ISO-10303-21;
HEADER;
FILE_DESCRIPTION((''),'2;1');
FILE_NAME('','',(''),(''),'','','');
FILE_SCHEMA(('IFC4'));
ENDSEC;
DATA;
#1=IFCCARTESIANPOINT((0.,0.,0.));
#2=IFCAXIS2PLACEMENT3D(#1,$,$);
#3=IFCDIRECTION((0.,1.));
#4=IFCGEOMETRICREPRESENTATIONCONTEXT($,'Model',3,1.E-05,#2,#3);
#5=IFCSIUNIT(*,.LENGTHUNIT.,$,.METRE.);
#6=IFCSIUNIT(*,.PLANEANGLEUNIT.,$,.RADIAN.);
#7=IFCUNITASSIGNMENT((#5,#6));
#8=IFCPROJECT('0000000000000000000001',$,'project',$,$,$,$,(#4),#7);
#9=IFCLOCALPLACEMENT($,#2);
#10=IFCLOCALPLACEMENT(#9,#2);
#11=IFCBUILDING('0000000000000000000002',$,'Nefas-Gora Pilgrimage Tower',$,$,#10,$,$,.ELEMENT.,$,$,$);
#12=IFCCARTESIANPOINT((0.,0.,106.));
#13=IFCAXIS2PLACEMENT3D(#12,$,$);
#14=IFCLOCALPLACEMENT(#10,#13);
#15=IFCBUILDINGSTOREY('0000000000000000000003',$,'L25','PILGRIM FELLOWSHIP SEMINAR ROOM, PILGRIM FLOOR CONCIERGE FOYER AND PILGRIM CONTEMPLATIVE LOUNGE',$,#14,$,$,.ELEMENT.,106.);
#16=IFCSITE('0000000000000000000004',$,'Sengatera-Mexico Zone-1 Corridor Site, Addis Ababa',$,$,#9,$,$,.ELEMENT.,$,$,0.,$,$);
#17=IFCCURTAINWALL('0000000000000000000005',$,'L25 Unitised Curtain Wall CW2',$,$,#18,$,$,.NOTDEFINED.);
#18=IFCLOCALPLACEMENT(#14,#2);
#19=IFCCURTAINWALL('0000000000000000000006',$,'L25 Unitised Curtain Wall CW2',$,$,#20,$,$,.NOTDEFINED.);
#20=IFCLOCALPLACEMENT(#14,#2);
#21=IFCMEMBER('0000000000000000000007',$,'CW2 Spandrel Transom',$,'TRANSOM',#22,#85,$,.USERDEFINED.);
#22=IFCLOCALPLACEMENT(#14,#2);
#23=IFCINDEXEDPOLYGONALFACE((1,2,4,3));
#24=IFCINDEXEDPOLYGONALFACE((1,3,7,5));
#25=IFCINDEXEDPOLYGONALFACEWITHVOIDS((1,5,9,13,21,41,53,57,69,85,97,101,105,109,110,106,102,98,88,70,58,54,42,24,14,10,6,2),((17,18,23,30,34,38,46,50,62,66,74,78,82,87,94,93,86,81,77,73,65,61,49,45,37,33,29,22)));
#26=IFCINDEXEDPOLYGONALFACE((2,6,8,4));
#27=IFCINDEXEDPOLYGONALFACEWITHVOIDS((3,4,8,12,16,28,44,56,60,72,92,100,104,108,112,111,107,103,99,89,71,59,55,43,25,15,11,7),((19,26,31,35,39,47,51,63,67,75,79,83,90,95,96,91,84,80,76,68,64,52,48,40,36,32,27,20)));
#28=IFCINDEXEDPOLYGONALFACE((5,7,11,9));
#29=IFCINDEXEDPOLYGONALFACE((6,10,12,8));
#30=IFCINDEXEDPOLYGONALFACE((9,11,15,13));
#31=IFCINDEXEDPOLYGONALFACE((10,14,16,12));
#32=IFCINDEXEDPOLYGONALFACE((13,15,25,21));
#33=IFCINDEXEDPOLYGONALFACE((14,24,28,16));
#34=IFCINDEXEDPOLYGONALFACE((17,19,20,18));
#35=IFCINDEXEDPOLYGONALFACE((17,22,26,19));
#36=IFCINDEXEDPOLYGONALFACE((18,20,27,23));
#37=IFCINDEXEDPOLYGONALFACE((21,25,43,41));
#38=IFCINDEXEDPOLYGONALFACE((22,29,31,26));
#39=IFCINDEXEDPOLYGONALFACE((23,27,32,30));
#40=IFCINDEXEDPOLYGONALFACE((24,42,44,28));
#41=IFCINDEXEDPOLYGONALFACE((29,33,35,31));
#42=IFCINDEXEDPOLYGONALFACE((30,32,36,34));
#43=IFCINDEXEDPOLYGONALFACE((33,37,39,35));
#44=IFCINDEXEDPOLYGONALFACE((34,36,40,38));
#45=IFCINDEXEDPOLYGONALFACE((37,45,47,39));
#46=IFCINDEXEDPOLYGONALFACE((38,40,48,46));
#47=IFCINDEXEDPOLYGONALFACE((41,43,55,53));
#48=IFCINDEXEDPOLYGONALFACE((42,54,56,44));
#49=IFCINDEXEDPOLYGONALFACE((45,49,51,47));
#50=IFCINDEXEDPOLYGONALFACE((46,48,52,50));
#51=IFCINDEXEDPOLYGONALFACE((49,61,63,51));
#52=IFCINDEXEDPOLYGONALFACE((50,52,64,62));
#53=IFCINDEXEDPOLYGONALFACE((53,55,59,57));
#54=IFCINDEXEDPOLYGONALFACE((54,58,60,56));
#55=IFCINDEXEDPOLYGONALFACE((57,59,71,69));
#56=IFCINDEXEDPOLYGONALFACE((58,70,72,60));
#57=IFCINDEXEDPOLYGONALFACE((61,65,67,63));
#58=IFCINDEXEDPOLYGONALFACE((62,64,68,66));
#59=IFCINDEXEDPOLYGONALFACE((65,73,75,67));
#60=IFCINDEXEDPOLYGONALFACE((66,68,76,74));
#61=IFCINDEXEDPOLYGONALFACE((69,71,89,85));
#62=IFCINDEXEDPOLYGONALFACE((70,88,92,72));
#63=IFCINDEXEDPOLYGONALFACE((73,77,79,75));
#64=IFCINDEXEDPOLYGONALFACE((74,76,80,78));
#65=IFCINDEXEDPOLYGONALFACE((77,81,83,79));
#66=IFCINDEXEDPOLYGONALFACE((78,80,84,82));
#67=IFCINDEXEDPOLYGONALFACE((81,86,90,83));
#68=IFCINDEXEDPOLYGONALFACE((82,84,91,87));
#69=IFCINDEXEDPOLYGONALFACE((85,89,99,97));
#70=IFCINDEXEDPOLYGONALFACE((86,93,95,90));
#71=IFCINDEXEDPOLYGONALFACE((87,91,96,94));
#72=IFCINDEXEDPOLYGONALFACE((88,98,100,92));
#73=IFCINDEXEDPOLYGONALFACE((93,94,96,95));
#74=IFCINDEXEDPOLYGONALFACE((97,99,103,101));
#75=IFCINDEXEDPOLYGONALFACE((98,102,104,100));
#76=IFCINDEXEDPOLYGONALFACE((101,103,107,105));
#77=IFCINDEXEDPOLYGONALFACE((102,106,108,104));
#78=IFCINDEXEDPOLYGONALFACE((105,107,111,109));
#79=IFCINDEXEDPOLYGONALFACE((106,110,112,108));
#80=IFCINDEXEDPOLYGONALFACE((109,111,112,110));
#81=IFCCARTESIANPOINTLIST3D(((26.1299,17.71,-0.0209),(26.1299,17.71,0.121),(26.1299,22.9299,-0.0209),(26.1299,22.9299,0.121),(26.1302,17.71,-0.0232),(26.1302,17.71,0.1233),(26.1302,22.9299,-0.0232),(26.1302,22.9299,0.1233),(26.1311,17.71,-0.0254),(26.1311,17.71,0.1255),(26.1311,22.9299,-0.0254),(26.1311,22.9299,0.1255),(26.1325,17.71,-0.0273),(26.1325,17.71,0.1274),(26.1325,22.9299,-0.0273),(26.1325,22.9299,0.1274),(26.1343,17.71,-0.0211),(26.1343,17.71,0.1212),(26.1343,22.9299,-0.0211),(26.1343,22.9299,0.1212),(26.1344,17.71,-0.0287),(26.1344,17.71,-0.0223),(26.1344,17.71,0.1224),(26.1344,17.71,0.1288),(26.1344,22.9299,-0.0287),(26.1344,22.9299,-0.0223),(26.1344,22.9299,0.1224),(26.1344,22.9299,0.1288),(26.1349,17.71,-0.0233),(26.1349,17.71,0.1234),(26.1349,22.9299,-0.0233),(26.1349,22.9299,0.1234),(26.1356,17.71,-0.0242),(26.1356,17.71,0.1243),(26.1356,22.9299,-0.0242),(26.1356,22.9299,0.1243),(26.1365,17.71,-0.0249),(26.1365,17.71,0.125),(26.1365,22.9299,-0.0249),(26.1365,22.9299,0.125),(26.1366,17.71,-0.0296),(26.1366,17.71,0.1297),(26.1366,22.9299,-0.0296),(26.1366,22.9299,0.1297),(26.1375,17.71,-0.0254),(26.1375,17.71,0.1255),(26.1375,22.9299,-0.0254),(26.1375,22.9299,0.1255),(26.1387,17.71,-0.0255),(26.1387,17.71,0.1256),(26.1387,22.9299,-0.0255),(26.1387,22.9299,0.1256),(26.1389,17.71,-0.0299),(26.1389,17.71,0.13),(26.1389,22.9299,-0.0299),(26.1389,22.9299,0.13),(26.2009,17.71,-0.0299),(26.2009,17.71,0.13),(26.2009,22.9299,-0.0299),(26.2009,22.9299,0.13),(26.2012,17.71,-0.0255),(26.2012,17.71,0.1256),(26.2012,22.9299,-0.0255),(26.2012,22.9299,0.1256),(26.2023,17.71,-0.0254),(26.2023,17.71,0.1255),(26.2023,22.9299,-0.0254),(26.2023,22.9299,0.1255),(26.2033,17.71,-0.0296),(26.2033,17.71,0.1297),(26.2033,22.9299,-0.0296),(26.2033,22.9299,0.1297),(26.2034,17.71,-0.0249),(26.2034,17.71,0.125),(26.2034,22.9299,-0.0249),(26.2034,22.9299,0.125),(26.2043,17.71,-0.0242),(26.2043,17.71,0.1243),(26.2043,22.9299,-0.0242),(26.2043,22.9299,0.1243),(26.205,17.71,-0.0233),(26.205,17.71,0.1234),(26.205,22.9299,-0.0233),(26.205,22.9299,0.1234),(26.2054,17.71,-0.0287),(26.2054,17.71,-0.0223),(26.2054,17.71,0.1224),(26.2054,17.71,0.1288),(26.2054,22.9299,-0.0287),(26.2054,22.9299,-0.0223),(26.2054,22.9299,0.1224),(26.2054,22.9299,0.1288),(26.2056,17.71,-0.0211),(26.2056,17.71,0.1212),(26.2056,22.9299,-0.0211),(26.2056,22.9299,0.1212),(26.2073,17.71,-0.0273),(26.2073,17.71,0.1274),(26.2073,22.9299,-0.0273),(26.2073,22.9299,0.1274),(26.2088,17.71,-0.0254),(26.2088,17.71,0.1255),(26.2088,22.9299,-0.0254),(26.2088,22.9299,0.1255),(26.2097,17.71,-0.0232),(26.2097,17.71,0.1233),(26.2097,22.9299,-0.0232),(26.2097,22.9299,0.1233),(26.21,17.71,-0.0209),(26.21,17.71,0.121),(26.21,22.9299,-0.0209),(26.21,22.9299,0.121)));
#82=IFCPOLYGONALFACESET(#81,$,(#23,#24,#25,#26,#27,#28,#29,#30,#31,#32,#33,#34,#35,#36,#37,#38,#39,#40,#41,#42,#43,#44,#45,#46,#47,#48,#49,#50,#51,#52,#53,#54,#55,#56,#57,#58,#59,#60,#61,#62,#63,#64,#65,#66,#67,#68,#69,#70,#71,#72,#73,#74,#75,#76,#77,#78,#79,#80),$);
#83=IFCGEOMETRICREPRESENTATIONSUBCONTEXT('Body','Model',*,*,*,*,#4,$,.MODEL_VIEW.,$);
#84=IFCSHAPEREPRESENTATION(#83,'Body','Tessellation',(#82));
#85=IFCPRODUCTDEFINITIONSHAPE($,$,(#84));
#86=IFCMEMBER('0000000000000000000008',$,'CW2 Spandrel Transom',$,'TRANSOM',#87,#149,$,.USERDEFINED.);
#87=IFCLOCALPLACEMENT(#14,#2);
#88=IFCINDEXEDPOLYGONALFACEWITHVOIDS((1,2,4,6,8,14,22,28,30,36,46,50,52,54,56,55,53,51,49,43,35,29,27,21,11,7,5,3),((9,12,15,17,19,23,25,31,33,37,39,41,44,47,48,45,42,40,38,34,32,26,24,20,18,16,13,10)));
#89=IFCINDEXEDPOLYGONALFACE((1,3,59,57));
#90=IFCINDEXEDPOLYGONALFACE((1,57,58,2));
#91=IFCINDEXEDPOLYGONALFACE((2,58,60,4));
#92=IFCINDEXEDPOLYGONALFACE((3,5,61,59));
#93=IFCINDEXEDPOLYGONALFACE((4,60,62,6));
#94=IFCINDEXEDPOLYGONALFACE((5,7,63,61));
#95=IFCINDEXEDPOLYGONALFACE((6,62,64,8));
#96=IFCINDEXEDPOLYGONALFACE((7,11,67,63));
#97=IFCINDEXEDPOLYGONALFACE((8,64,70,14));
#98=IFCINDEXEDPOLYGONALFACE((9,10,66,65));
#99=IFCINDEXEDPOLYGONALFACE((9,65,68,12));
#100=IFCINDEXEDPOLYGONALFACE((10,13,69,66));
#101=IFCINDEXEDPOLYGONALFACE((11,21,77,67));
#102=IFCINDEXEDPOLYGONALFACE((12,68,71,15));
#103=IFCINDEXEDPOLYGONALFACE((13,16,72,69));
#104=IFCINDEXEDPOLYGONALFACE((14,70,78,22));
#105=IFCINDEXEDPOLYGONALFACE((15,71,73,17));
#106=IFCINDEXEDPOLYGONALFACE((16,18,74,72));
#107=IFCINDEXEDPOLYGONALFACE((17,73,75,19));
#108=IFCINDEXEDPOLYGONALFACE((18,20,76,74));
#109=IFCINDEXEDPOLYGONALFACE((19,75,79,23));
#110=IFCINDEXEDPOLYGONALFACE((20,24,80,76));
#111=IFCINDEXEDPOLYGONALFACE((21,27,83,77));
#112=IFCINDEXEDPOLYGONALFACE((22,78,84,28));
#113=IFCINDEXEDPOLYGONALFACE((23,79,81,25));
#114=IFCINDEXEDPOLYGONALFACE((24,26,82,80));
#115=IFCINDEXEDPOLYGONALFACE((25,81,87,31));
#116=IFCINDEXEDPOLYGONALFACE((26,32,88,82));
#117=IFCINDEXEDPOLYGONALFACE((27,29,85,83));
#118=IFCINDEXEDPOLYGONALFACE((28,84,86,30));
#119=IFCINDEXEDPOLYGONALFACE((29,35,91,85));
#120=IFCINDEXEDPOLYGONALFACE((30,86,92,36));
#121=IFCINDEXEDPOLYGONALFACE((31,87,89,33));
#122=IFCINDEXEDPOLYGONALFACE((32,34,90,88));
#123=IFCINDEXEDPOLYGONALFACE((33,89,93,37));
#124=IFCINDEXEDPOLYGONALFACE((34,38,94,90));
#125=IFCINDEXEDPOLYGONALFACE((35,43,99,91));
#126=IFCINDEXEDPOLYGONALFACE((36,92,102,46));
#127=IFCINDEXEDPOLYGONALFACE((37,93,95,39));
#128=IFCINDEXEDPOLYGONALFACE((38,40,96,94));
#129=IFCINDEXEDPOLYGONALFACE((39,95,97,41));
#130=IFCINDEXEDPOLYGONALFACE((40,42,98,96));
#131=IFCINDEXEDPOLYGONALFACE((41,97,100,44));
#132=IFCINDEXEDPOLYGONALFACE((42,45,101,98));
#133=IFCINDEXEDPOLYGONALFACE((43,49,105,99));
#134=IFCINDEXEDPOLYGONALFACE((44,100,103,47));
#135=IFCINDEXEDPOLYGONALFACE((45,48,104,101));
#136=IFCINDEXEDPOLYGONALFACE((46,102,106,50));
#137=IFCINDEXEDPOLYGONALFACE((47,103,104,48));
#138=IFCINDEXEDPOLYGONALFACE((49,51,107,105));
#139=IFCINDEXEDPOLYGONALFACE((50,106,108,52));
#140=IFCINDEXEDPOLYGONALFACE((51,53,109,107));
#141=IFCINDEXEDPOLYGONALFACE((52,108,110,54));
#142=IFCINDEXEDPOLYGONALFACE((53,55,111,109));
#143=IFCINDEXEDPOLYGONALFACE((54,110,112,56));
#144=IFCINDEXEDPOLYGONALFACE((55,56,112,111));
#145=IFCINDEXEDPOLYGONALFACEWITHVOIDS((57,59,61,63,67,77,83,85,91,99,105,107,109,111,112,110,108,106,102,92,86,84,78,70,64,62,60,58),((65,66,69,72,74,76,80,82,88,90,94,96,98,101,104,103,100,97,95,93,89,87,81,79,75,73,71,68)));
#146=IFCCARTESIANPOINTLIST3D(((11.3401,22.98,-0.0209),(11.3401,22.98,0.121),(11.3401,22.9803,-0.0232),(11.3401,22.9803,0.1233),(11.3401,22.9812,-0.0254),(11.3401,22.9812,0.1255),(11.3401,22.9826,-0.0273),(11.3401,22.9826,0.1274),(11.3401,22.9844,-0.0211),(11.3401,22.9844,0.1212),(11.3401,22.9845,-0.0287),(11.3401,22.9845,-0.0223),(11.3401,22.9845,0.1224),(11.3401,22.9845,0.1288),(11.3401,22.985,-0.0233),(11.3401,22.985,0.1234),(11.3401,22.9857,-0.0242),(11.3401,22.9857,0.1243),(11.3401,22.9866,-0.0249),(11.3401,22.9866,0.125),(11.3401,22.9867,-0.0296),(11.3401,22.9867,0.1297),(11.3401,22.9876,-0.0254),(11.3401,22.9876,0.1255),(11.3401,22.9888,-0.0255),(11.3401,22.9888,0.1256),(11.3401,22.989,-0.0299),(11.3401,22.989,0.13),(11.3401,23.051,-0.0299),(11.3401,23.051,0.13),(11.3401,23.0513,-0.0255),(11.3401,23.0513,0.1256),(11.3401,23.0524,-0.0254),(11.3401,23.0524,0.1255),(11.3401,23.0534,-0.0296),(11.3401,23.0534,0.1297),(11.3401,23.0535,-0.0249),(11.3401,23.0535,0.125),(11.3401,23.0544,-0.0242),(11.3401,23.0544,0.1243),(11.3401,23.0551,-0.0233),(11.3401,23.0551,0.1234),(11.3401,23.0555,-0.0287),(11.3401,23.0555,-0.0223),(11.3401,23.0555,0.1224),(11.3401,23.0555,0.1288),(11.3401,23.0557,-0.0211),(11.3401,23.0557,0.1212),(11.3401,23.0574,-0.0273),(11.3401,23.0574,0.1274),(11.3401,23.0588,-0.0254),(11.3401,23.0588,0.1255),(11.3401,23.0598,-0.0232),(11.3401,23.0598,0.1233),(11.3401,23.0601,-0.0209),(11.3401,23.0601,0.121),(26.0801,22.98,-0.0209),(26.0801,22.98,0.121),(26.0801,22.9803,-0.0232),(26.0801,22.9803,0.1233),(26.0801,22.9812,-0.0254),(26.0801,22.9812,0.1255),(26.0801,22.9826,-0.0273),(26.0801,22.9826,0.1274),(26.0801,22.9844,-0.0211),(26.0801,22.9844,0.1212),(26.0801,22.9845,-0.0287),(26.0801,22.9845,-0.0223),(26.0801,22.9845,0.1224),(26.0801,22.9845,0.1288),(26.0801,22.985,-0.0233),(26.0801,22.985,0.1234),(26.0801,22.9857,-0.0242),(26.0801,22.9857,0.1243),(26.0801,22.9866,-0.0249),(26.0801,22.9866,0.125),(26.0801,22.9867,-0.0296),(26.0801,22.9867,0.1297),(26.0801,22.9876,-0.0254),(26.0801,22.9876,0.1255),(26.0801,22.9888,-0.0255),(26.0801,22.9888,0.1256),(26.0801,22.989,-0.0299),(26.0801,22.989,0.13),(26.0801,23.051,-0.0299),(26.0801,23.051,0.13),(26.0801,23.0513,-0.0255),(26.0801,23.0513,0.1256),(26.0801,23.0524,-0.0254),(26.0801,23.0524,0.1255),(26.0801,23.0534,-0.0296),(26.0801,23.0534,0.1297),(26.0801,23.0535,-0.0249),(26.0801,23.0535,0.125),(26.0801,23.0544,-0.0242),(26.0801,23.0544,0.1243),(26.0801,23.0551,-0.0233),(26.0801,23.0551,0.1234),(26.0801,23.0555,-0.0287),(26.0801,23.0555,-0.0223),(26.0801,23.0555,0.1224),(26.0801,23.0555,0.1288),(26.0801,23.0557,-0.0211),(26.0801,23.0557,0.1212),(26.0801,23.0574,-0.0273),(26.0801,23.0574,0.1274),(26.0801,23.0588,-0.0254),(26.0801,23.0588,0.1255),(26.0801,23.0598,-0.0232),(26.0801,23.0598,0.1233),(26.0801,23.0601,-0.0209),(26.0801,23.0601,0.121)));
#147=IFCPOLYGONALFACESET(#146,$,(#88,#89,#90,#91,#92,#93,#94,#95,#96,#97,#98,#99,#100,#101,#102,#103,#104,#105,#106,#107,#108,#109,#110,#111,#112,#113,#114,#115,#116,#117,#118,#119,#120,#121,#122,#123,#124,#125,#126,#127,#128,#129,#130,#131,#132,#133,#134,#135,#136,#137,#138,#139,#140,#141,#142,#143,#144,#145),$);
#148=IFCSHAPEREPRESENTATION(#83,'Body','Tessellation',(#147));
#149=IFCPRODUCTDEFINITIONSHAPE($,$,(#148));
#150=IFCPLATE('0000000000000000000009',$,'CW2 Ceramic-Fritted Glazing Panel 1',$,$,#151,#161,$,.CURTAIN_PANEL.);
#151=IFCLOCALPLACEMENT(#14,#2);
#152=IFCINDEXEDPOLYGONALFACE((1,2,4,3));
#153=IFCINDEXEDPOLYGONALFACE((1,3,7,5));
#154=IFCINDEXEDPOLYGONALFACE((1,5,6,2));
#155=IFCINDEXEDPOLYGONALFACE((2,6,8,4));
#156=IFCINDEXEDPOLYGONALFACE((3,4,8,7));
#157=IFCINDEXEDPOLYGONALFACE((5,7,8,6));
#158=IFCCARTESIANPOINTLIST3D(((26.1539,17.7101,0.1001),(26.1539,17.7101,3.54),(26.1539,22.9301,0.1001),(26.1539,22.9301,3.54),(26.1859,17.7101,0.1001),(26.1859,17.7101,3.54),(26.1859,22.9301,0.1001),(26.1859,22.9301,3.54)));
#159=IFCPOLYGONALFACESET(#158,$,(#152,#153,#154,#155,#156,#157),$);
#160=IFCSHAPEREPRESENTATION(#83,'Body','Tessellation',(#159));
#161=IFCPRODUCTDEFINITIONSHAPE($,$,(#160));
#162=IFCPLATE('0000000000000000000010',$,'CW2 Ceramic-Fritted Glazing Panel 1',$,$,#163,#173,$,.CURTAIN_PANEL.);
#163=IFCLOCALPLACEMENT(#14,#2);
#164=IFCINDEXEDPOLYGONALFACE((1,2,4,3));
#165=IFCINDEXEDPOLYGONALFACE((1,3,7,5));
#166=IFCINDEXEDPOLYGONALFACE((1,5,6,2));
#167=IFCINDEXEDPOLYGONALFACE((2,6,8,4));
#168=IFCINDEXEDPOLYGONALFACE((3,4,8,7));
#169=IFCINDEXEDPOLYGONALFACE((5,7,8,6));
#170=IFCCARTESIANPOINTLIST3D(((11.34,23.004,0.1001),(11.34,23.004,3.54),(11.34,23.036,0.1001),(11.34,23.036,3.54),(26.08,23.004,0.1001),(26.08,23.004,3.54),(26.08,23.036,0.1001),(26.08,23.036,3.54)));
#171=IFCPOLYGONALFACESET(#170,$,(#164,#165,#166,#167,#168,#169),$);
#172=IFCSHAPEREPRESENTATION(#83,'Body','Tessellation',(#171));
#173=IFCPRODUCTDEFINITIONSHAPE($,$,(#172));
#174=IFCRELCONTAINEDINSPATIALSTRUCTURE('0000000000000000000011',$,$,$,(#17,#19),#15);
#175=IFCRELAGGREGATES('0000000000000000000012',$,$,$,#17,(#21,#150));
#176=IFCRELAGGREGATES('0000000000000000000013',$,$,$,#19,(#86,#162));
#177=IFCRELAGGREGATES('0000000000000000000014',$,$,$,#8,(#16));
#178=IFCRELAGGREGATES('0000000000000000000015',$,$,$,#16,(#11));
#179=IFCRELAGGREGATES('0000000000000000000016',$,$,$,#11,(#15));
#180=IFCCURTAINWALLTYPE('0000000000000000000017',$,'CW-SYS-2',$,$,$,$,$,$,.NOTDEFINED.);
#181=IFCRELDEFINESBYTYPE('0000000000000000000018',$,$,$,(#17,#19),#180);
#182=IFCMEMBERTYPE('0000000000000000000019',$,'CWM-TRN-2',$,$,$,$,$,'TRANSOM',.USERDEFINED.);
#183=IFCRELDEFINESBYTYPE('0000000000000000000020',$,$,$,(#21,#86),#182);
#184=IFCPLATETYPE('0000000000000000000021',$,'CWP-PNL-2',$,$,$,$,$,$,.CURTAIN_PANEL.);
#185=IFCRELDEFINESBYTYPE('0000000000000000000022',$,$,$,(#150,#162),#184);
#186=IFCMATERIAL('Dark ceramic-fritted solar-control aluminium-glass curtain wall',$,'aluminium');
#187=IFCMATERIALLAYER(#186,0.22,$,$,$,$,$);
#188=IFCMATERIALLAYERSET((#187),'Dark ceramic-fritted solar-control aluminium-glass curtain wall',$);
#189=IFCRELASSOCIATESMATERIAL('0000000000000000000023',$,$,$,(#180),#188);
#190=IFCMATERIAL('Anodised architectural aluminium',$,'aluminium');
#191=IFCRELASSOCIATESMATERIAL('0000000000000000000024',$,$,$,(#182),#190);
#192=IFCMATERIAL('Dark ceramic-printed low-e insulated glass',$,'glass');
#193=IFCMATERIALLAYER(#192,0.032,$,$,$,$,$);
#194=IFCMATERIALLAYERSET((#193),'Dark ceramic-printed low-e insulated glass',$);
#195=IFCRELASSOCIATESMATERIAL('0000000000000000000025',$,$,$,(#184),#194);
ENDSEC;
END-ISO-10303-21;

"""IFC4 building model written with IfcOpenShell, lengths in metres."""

from ifc_helpers import new_model, si_unit, direction, frame, origin, origin_2d, place, context, subcontext, project, spatial, rectangle, hollow_rectangle, extrude, source, transform, mapped, material, layer, layer_set, material_profile, profile_set, type_object, element, aggregate, save


model = new_model("IFC4")

# Units and contexts
model_context = context("Model", 3, precision=1e-05, world=origin(), true_north=direction((0.0, 1.0)))
body_context = subcontext(model_context, "Body", "Model", "MODEL_VIEW")
ifc_project = project(units=[si_unit("LENGTHUNIT", "METRE"), si_unit("PLANEANGLEUNIT", "RADIAN")], contexts=[model_context])

# Site, building, storey
site_placement = place(None, origin())
site = spatial("IfcSite", under=ifc_project, at=site_placement, Name="Sengatera-Mexico Zone-1 Corridor Site, Addis Ababa", CompositionType="ELEMENT", RefElevation=0.0)
building_placement = place(site_placement, origin())
building = spatial("IfcBuilding", under=site, at=building_placement, Name="Nefas-Gora Pilgrimage Tower", CompositionType="ELEMENT")
storey_placement = place(building_placement, frame((0.0, 0.0, 106.0)))
storey = spatial("IfcBuildingStorey", under=building, at=storey_placement, Name="L25", Description="PILGRIM FELLOWSHIP SEMINAR ROOM, PILGRIM FLOOR CONCIERGE FOYER AND PILGRIM CONTEMPLATIVE LOUNGE", CompositionType="ELEMENT", Elevation=106.0)

# Shared definitions
ifc_material_1 = material(Name="Dark ceramic-fritted solar-control aluminium-glass curtain wall", Category="aluminium")
ifc_layer_1 = layer(ifc_material_1, 0.22)
ifc_layer_set_1 = layer_set([ifc_layer_1], Name="Dark ceramic-fritted solar-control aluminium-glass curtain wall")
curtain_wall_type = type_object("IfcCurtainWallType", Name="CW-SYS-2", PredefinedType="NOTDEFINED", material=ifc_layer_set_1)
ifc_material_2 = material(Name="Anodised architectural aluminium", Category="aluminium")

# Curtain wall
curtain_wall_1_placement = place(storey_placement, origin())
curtain_wall_1 = element("IfcCurtainWall", 1, at=curtain_wall_1_placement, inside=storey, type_object=curtain_wall_type, Name="L25 Unitised Curtain Wall CW2", PredefinedType="NOTDEFINED")

# Curtain wall
curtain_wall_2_placement = place(storey_placement, origin())
curtain_wall_2 = element("IfcCurtainWall", 2, at=curtain_wall_2_placement, inside=storey, type_object=curtain_wall_type, Name="L25 Unitised Curtain Wall CW2", PredefinedType="NOTDEFINED")

# Members
ifc_material_profile_1 = material_profile(ifc_material_2, hollow_rectangle(XDim=0.0801, YDim=0.1599, WallThickness=0.0044, InnerFilletRadius=0.0044, OuterFilletRadius=0.009, at=origin_2d()), Name="ALU TRANSOM 80x160")
ifc_profile_set_1 = profile_set([ifc_material_profile_1], Name="Anodised architectural aluminium")
member_type_1 = type_object("IfcMemberType", Name="CWM-TRN-2", ElementType="TRANSOM", PredefinedType="USERDEFINED", material=ifc_profile_set_1)
shared_shape_1 = source(origin(), body_context, "Body", "SweptSolid", [
    extrude(hollow_rectangle(XDim=0.0801, YDim=0.1599, WallThickness=0.0044, InnerFilletRadius=0.0044, OuterFilletRadius=0.009, at=origin_2d()), origin(), (0.0, 0.0, 1.0), 5.22),
])
member_1_placement = place(storey_placement, frame((26.1699, 17.71, 0.05), z_axis=(0.0, 1.0, 0.0), x_axis=(-1.0, 0.0, 0.0)))
member_1 = element("IfcMember", 3, at=member_1_placement, type_object=member_type_1, Name="CW2 Spandrel Transom", ObjectType="TRANSOM", PredefinedType="USERDEFINED", context=body_context, shape_type="MappedRepresentation", body=[
    mapped(shared_shape_1, transform((0.0, 0.0, 0.0), x_axis=(1.0, 0.0, 0.0), y_axis=(0.0, 1.0, 0.0), z_axis=(0.0, 0.0, 1.0), scale=1.0)),
])
shared_shape_2 = source(origin(), body_context, "Body", "SweptSolid", [
    extrude(hollow_rectangle(XDim=0.0801, YDim=0.1599, WallThickness=0.0044, InnerFilletRadius=0.0044, OuterFilletRadius=0.009, at=origin_2d()), origin(), (0.0, 0.0, 1.0), 14.74),
])
member_2_placement = place(storey_placement, frame((26.0801, 23.02, 0.05), z_axis=(-1.0, 0.0, 0.0), x_axis=(0.0, -1.0, 0.0)))
member_2 = element("IfcMember", 4, at=member_2_placement, type_object=member_type_1, Name="CW2 Spandrel Transom", ObjectType="TRANSOM", PredefinedType="USERDEFINED", context=body_context, shape_type="MappedRepresentation", body=[
    mapped(shared_shape_2, transform((0.0, 0.0, 0.0), x_axis=(1.0, 0.0, 0.0), y_axis=(0.0, 1.0, 0.0), z_axis=(0.0, 0.0, 1.0), scale=1.0)),
])

# Plates
ifc_material_3 = material(Name="Dark ceramic-printed low-e insulated glass", Category="glass")
ifc_layer_2 = layer(ifc_material_3, 0.032)
ifc_layer_set_2 = layer_set([ifc_layer_2], Name="Dark ceramic-printed low-e insulated glass")
plate_type = type_object("IfcPlateType", Name="CWP-PNL-2", PredefinedType="CURTAIN_PANEL", material=ifc_layer_set_2)
shared_shape_3 = source(origin(), body_context, "Body", "SweptSolid", [
    extrude(rectangle(XDim=5.22, YDim=0.032, at=origin_2d()), origin(), (0.0, 0.0, 1.0), 3.4399),
])
plate_1_placement = place(storey_placement, frame((26.1699, 20.3201, 0.1001), z_axis=(0.0, 0.0, 1.0), x_axis=(0.0, 1.0, 0.0)))
plate_1 = element("IfcPlate", 5, at=plate_1_placement, type_object=plate_type, Name="CW2 Ceramic-Fritted Glazing Panel 1", PredefinedType="CURTAIN_PANEL", context=body_context, shape_type="MappedRepresentation", body=[
    mapped(shared_shape_3, transform((0.0, 0.0, 0.0), x_axis=(1.0, 0.0, 0.0), y_axis=(0.0, 1.0, 0.0), z_axis=(0.0, 0.0, 1.0), scale=1.0)),
])
aggregate(curtain_wall_1, [member_1, plate_1])
shared_shape_4 = source(origin(), body_context, "Body", "SweptSolid", [
    extrude(rectangle(XDim=14.74, YDim=0.032, at=origin_2d()), origin(), (0.0, 0.0, 1.0), 3.4399),
])
plate_2_placement = place(storey_placement, frame((18.71, 23.02, 0.1001), z_axis=(0.0, 0.0, 1.0), x_axis=(-1.0, 0.0, 0.0)))
plate_2 = element("IfcPlate", 6, at=plate_2_placement, type_object=plate_type, Name="CW2 Ceramic-Fritted Glazing Panel 1", PredefinedType="CURTAIN_PANEL", context=body_context, shape_type="MappedRepresentation", body=[
    mapped(shared_shape_4, transform((0.0, 0.0, 0.0), x_axis=(1.0, 0.0, 0.0), y_axis=(0.0, 1.0, 0.0), z_axis=(0.0, 0.0, 1.0), scale=1.0)),
])
aggregate(curtain_wall_2, [member_2, plate_2])

save(model, "model.ifc")
